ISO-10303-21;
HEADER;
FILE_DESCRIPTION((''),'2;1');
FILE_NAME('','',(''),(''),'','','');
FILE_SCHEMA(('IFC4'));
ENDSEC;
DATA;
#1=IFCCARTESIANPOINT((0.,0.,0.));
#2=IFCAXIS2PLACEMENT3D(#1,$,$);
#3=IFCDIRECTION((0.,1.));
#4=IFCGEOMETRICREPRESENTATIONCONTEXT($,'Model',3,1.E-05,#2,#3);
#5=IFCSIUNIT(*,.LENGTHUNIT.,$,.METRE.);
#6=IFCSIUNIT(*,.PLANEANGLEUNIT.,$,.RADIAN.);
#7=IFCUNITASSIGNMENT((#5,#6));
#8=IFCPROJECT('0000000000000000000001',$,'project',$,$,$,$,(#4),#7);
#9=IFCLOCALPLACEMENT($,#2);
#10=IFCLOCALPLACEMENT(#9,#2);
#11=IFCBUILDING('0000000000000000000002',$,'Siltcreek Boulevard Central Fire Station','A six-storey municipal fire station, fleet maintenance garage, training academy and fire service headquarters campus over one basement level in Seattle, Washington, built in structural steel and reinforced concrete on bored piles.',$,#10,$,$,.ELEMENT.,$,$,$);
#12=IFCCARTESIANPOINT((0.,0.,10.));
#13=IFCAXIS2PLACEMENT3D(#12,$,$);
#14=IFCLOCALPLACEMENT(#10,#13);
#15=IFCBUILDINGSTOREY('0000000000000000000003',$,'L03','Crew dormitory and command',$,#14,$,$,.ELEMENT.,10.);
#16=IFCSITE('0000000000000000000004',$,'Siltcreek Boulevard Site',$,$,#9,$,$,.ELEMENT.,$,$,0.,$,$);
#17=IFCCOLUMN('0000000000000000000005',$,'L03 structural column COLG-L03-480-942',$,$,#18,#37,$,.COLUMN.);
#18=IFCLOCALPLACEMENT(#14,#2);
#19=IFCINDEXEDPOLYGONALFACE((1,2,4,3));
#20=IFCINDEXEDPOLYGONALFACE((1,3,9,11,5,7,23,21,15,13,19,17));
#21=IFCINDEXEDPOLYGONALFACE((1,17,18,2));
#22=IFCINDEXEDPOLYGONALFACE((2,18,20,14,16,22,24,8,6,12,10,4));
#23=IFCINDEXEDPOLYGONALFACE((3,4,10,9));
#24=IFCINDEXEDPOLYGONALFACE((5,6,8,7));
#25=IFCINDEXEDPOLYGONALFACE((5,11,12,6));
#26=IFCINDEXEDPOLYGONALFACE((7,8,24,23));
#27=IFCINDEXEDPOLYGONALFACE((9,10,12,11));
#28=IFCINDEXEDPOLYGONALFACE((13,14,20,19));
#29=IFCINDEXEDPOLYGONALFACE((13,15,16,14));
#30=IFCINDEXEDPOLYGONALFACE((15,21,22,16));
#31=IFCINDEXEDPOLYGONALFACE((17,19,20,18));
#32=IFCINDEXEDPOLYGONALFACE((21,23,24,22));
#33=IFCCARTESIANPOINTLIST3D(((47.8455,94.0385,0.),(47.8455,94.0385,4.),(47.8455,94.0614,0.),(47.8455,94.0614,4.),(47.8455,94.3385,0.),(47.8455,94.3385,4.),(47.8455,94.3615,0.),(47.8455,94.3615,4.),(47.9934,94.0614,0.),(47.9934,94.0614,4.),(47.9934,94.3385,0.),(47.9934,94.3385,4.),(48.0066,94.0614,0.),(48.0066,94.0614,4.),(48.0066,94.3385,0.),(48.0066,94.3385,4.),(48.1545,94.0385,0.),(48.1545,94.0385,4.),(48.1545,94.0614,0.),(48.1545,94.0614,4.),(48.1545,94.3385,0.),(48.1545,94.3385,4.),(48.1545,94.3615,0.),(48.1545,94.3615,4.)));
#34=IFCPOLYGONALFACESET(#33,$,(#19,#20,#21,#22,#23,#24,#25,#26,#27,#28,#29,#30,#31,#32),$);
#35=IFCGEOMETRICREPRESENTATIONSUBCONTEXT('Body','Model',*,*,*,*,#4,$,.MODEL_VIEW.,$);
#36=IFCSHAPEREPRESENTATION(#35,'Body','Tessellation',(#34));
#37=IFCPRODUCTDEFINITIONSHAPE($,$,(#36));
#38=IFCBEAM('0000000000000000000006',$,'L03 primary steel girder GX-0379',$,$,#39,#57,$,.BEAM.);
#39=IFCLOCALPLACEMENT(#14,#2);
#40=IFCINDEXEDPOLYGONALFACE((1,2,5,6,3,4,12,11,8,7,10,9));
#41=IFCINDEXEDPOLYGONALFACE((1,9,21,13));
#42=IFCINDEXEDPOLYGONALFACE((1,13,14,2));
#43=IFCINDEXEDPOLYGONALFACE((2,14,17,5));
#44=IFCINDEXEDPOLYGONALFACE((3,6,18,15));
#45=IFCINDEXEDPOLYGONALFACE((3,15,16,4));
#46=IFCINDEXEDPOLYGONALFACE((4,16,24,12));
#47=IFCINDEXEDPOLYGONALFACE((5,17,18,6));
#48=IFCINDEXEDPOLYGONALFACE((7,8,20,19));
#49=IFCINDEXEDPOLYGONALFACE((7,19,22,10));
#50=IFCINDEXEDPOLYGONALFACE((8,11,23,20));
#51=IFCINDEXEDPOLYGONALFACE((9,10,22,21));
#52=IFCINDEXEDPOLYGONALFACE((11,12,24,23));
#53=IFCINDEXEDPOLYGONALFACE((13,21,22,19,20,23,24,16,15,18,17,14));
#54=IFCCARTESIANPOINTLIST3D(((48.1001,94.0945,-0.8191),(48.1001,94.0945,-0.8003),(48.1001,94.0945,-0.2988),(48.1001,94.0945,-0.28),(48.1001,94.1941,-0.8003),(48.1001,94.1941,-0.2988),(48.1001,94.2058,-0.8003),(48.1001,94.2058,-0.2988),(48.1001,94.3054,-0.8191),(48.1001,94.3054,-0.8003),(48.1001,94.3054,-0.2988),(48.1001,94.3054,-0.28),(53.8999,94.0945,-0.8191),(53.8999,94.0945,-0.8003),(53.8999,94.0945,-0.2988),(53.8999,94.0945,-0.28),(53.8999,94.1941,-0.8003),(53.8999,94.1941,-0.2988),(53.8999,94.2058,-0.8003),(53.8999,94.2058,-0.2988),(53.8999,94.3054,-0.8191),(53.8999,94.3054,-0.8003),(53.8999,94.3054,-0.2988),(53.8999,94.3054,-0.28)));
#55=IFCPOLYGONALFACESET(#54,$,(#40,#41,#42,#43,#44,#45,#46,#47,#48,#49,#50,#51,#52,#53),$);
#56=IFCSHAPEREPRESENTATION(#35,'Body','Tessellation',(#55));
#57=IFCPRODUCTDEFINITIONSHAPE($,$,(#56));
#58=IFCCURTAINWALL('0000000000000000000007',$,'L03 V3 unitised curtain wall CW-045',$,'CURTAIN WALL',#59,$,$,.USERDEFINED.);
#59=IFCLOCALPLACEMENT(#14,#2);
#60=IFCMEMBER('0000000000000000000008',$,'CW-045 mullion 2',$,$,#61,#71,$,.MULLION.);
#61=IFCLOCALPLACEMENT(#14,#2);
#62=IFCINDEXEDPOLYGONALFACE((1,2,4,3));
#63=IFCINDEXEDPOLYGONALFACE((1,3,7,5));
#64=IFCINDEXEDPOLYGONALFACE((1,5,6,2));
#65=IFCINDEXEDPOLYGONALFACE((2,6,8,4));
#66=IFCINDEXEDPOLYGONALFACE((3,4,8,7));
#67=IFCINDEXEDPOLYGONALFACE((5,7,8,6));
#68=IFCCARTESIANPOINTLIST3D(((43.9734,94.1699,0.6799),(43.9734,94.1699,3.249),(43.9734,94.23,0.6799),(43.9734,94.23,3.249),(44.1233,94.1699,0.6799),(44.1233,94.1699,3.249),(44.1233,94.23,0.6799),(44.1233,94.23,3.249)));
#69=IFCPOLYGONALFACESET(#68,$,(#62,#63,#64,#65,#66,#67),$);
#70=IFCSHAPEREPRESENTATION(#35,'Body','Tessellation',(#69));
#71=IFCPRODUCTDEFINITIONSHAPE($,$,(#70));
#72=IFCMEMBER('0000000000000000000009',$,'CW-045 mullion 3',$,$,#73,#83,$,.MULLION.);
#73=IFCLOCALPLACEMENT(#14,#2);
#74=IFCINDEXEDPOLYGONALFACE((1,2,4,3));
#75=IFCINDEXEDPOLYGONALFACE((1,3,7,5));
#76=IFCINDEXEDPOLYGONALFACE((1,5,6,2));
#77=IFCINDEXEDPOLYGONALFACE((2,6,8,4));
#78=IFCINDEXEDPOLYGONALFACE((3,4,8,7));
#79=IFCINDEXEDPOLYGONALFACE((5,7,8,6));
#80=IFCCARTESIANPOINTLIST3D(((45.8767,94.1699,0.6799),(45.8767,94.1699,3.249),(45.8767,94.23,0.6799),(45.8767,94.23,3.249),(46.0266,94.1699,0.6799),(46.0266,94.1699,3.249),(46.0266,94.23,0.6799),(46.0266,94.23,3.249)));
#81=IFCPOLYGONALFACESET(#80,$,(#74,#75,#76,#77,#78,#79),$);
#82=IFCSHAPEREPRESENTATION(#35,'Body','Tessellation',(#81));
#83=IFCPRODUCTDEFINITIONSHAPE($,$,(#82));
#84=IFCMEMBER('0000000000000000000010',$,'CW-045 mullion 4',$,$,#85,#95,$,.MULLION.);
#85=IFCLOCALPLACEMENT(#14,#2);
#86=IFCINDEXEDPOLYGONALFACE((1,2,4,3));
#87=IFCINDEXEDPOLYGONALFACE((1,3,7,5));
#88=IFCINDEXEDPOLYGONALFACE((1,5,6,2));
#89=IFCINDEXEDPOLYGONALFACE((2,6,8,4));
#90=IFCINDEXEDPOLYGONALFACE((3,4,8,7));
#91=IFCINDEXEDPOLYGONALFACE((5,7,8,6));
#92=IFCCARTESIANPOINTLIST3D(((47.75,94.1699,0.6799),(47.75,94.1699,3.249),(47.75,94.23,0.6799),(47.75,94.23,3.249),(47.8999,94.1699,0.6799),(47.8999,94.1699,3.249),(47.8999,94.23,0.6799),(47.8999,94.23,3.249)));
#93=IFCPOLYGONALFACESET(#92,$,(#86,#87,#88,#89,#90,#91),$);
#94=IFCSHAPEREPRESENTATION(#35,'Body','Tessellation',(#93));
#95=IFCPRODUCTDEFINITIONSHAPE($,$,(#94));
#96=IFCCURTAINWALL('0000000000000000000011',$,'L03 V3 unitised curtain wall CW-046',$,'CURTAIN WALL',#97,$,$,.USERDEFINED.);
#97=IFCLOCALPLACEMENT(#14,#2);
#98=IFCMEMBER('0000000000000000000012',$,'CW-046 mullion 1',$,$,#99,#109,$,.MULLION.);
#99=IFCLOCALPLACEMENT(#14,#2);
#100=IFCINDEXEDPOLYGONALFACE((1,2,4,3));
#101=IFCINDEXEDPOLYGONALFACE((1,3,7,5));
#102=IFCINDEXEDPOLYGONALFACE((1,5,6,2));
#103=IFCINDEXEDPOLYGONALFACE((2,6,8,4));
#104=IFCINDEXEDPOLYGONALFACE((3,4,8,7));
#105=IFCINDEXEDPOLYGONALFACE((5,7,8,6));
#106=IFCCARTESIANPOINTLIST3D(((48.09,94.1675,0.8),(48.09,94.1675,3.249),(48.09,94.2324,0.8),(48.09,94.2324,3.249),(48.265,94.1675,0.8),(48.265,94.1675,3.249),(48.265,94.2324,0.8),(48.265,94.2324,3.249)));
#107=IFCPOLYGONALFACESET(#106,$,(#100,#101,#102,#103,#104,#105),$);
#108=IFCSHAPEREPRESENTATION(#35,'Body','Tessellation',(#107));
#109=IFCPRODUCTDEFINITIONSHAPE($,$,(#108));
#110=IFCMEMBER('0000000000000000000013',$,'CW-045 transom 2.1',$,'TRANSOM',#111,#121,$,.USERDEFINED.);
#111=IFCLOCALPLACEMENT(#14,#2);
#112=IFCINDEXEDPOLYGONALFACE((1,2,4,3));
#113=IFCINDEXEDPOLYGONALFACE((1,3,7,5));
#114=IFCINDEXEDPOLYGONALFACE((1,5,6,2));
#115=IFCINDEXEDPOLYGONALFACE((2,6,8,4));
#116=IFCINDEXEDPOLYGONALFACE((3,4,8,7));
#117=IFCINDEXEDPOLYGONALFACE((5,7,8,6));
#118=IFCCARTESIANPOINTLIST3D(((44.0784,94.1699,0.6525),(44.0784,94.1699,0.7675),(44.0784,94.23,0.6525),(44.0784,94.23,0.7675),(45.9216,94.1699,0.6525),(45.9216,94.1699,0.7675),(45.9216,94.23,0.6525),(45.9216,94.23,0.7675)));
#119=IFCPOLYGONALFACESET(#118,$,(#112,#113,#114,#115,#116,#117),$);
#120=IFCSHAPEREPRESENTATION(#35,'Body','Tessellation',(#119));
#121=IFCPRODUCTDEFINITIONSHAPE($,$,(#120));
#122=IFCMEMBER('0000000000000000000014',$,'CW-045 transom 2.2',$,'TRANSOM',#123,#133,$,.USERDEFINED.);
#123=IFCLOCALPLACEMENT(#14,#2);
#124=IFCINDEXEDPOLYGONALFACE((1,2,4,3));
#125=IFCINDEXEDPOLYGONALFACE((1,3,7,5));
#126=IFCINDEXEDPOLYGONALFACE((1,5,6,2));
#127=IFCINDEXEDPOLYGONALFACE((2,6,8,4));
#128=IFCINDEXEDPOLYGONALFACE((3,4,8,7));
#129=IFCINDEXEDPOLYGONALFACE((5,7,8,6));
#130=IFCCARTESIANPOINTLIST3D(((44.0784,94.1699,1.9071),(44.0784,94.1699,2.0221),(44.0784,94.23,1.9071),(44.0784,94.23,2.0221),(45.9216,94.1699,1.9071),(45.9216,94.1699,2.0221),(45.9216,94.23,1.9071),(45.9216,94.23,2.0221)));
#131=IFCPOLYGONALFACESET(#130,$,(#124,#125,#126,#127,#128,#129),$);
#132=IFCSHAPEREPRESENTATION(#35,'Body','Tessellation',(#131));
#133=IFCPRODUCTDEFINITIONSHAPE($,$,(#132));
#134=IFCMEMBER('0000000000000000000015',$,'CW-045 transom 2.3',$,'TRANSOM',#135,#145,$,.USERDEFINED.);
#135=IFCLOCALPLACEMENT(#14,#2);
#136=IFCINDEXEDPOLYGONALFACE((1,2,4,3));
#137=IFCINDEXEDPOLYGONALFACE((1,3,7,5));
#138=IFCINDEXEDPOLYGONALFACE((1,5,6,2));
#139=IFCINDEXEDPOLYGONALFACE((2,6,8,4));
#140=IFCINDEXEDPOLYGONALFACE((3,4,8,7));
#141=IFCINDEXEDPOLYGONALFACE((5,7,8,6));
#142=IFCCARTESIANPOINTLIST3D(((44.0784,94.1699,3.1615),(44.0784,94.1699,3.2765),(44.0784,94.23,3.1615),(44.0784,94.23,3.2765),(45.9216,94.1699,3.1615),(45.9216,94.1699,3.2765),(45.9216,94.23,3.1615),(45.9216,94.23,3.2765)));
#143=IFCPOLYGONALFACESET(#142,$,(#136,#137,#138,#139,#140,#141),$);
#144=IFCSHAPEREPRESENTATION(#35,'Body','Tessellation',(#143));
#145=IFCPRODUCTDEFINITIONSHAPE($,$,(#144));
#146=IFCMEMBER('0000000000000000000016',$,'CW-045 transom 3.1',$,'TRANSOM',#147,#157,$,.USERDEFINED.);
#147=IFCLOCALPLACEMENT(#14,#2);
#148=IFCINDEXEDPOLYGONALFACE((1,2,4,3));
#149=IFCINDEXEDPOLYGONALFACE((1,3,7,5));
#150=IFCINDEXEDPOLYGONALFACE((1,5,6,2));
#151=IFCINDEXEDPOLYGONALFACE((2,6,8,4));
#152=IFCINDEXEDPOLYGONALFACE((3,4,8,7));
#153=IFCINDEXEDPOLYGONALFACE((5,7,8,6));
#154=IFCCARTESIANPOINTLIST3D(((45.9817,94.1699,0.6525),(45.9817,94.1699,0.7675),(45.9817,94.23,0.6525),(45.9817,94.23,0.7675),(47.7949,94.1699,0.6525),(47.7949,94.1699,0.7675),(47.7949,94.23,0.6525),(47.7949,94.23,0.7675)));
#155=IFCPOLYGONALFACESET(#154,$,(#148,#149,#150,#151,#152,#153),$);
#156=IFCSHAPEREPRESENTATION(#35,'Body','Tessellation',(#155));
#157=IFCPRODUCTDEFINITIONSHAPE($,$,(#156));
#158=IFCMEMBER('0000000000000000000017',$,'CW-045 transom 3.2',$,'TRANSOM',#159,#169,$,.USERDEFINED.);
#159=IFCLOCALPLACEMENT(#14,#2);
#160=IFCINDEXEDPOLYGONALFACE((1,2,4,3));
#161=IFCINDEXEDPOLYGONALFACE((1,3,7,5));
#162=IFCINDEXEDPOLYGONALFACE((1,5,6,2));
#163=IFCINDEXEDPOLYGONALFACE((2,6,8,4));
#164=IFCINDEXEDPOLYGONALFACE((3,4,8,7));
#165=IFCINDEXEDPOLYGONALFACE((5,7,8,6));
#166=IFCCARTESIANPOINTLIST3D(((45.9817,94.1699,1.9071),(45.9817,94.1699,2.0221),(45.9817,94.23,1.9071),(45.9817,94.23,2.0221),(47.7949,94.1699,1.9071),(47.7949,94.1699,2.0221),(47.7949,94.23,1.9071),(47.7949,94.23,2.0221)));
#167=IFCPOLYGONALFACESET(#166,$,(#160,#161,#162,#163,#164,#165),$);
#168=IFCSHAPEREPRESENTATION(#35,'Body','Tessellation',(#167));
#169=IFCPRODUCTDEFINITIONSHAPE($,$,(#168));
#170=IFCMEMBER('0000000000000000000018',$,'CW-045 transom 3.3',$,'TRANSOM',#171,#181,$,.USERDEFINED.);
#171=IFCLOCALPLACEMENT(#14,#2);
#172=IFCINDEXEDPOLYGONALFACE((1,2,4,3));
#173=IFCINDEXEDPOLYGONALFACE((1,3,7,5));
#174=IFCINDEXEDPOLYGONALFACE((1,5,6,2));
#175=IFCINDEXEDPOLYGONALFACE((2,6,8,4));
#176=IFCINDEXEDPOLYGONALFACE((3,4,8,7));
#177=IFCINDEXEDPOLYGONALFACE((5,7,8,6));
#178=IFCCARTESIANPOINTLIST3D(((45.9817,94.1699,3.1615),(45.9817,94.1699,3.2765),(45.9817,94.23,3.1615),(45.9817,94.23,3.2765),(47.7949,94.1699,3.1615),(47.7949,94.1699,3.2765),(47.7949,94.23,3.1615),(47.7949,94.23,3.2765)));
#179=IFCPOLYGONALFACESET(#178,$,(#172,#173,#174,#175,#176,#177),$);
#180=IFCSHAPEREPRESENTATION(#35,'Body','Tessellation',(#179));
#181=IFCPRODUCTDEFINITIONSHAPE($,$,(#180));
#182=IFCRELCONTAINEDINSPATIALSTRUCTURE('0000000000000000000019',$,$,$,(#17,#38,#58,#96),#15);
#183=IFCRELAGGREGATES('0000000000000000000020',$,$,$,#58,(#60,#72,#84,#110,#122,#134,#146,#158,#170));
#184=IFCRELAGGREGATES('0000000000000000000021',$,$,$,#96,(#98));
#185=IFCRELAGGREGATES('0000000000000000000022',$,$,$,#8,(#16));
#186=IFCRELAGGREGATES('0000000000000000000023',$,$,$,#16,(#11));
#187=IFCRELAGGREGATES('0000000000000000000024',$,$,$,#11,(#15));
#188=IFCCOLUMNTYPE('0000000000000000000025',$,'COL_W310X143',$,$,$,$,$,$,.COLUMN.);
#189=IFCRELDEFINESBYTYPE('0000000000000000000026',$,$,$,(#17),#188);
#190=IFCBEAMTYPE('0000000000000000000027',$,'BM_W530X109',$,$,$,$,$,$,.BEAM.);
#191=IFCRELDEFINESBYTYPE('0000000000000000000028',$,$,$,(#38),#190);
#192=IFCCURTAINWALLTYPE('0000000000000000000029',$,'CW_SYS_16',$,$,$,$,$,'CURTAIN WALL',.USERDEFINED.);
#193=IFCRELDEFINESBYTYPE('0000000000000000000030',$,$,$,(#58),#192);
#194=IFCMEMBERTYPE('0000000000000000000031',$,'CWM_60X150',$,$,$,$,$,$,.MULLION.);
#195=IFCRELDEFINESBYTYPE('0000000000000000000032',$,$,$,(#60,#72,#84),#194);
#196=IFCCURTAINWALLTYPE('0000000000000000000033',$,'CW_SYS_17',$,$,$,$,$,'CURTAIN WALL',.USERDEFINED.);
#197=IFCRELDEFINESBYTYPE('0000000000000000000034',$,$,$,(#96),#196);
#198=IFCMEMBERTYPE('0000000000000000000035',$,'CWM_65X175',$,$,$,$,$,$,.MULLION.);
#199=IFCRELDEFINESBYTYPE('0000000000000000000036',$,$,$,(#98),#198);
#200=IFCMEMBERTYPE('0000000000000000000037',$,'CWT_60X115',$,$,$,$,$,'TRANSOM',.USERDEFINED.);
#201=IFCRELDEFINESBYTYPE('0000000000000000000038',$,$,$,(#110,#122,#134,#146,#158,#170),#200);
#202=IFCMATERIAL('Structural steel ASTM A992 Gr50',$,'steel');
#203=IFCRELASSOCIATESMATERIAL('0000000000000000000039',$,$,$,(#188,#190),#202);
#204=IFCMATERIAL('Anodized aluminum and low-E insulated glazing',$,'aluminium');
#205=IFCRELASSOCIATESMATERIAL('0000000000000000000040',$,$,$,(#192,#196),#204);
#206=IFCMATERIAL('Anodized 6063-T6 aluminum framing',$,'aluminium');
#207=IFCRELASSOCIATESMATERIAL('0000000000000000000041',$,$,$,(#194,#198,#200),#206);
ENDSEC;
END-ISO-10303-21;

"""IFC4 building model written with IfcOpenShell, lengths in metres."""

from ifc_helpers import new_model, si_unit, direction, frame, origin, origin_2d, place, context, subcontext, project, spatial, rectangle, i_section, extrude, material, material_profile, profile_set, type_object, element, aggregate, save


model = new_model("IFC4")

# Units and contexts
model_context = context("Model", 3, precision=1e-05, world=origin(), true_north=direction((0.0, 1.0)))
body_context = subcontext(model_context, "Body", "Model", "MODEL_VIEW")
ifc_project = project(units=[si_unit("LENGTHUNIT", "METRE"), si_unit("PLANEANGLEUNIT", "RADIAN")], contexts=[model_context])

# Site, building, storey
site_placement = place(None, origin())
site = spatial("IfcSite", under=ifc_project, at=site_placement, Name="Siltcreek Boulevard Site", CompositionType="ELEMENT", RefElevation=0.0)
building_placement = place(site_placement, origin())
building = spatial("IfcBuilding", under=site, at=building_placement, Name="Siltcreek Boulevard Central Fire Station", Description="A six-storey municipal fire station, fleet maintenance garage, training academy and fire service headquarters campus over one basement level in Seattle, Washington, built in structural steel and reinforced concrete on bored piles.", CompositionType="ELEMENT")
storey_placement = place(building_placement, frame((0.0, 0.0, 10.0)))
storey = spatial("IfcBuildingStorey", under=building, at=storey_placement, Name="L03", Description="Crew dormitory and command", CompositionType="ELEMENT", Elevation=10.0)

# Column
ifc_material_1 = material(Name="Structural steel ASTM A992 Gr50", Category="steel")
ifc_material_profile_1 = material_profile(ifc_material_1, i_section(OverallWidth=0.3091, OverallDepth=0.323, WebThickness=0.0132, FlangeThickness=0.0229, at=origin_2d()), Name="W310X143")
ifc_profile_set_1 = profile_set([ifc_material_profile_1], Name="Structural steel ASTM A992 Gr50")
column_type = type_object("IfcColumnType", Name="COL_W310X143", PredefinedType="COLUMN", material=ifc_profile_set_1)
column_placement = place(storey_placement, frame((48.0, 94.2, 0.0), z_axis=(0.0, 0.0, 1.0), x_axis=(1.0, 0.0, 0.0)))
element("IfcColumn", 1, at=column_placement, inside=storey, type_object=column_type, Name="L03 structural column COLG-L03-480-942", PredefinedType="COLUMN", context=body_context, shape_type="SweptSolid", body=[
    extrude(i_section(OverallWidth=0.3091, OverallDepth=0.323, WebThickness=0.0132, FlangeThickness=0.0229, at=origin_2d()), origin(), (0.0, 0.0, 1.0), 4.0),
])

# Beam
ifc_material_profile_2 = material_profile(ifc_material_1, i_section(OverallWidth=0.2109, OverallDepth=0.5391, WebThickness=0.0117, FlangeThickness=0.0188, at=origin_2d()), Name="W530X109")
ifc_profile_set_2 = profile_set([ifc_material_profile_2], Name="Structural steel ASTM A992 Gr50")
beam_type = type_object("IfcBeamType", Name="BM_W530X109", PredefinedType="BEAM", material=ifc_profile_set_2)
beam_placement = place(storey_placement, frame((48.1001, 94.2, -0.5496), z_axis=(1.0, 0.0, 0.0), x_axis=(0.0, 1.0, 0.0)))
element("IfcBeam", 2, at=beam_placement, inside=storey, type_object=beam_type, Name="L03 primary steel girder GX-0379", PredefinedType="BEAM", context=body_context, shape_type="SweptSolid", body=[
    extrude(i_section(OverallWidth=0.2109, OverallDepth=0.5391, WebThickness=0.0117, FlangeThickness=0.0188, at=origin_2d()), origin(), (0.0, 0.0, 1.0), 5.7998),
])

# Curtain wall, members
ifc_material_2 = material(Name="Anodized aluminum and low-E insulated glazing", Category="aluminium")
curtain_wall_type_1 = type_object("IfcCurtainWallType", Name="CW_SYS_16", ElementType="CURTAIN WALL", PredefinedType="USERDEFINED", material=ifc_material_2)
curtain_wall_1_placement = place(storey_placement, origin())
curtain_wall_1 = element("IfcCurtainWall", 3, at=curtain_wall_1_placement, inside=storey, type_object=curtain_wall_type_1, Name="L03 V3 unitised curtain wall CW-045", ObjectType="CURTAIN WALL", PredefinedType="USERDEFINED")
ifc_material_3 = material(Name="Anodized 6063-T6 aluminum framing", Category="aluminium")
ifc_material_profile_3 = material_profile(ifc_material_3, rectangle(XDim=0.0601, YDim=0.1499, at=origin_2d()), Name="MULL60X150")
ifc_profile_set_3 = profile_set([ifc_material_profile_3], Name="Anodized 6063-T6 aluminum framing")
member_type_1 = type_object("IfcMemberType", Name="CWM_60X150", PredefinedType="MULLION", material=ifc_profile_set_3)
member_1_placement = place(storey_placement, frame((44.0483, 94.2, 0.6799), z_axis=(0.0, 0.0, 1.0), x_axis=(0.0, 1.0, 0.0)))
member_1 = element("IfcMember", 4, at=member_1_placement, type_object=member_type_1, Name="CW-045 mullion 2", PredefinedType="MULLION", context=body_context, shape_type="SweptSolid", body=[
    extrude(rectangle(XDim=0.0601, YDim=0.1499, at=origin_2d()), origin(), (0.0, 0.0, 1.0), 2.5691),
])
member_2_placement = place(storey_placement, frame((45.9517, 94.2, 0.6799), z_axis=(0.0, 0.0, 1.0), x_axis=(0.0, 1.0, 0.0)))
member_2 = element("IfcMember", 5, at=member_2_placement, type_object=member_type_1, Name="CW-045 mullion 3", PredefinedType="MULLION", context=body_context, shape_type="SweptSolid", body=[
    extrude(rectangle(XDim=0.0601, YDim=0.1499, at=origin_2d()), origin(), (0.0, 0.0, 1.0), 2.5691),
])
member_3_placement = place(storey_placement, frame((47.825, 94.2, 0.6799), z_axis=(0.0, 0.0, 1.0), x_axis=(0.0, 1.0, 0.0)))
member_3 = element("IfcMember", 6, at=member_3_placement, type_object=member_type_1, Name="CW-045 mullion 4", PredefinedType="MULLION", context=body_context, shape_type="SweptSolid", body=[
    extrude(rectangle(XDim=0.0601, YDim=0.1499, at=origin_2d()), origin(), (0.0, 0.0, 1.0), 2.5691),
])

# Curtain wall, member
curtain_wall_type_2 = type_object("IfcCurtainWallType", Name="CW_SYS_17", ElementType="CURTAIN WALL", PredefinedType="USERDEFINED", material=ifc_material_2)
curtain_wall_2_placement = place(storey_placement, origin())
curtain_wall_2 = element("IfcCurtainWall", 7, at=curtain_wall_2_placement, inside=storey, type_object=curtain_wall_type_2, Name="L03 V3 unitised curtain wall CW-046", ObjectType="CURTAIN WALL", PredefinedType="USERDEFINED")
ifc_material_profile_4 = material_profile(ifc_material_3, rectangle(XDim=0.0649, YDim=0.175, at=origin_2d()), Name="MULL65X175")
ifc_profile_set_4 = profile_set([ifc_material_profile_4], Name="Anodized 6063-T6 aluminum framing")
member_type_2 = type_object("IfcMemberType", Name="CWM_65X175", PredefinedType="MULLION", material=ifc_profile_set_4)
member_4_placement = place(storey_placement, frame((48.1775, 94.2, 0.8), z_axis=(0.0, 0.0, 1.0), x_axis=(0.0, 1.0, 0.0)))
member_4 = element("IfcMember", 8, at=member_4_placement, type_object=member_type_2, Name="CW-046 mullion 1", PredefinedType="MULLION", context=body_context, shape_type="SweptSolid", body=[
    extrude(rectangle(XDim=0.0649, YDim=0.175, at=origin_2d()), origin(), (0.0, 0.0, 1.0), 2.449),
])

# Members
ifc_material_profile_5 = material_profile(ifc_material_3, rectangle(XDim=0.0601, YDim=0.115, at=origin_2d()), Name="TRAN60X115")
ifc_profile_set_5 = profile_set([ifc_material_profile_5], Name="Anodized 6063-T6 aluminum framing")
member_type_3 = type_object("IfcMemberType", Name="CWT_60X115", ElementType="TRANSOM", PredefinedType="USERDEFINED", material=ifc_profile_set_5)
member_5_placement = place(storey_placement, frame((44.0784, 94.2, 0.71), z_axis=(1.0, 0.0, 0.0), x_axis=(0.0, 1.0, 0.0)))
member_5 = element("IfcMember", 9, at=member_5_placement, type_object=member_type_3, Name="CW-045 transom 2.1", ObjectType="TRANSOM", PredefinedType="USERDEFINED", context=body_context, shape_type="SweptSolid", body=[
    extrude(rectangle(XDim=0.0601, YDim=0.115, at=origin_2d()), origin(), (0.0, 0.0, 1.0), 1.8433),
])
member_6_placement = place(storey_placement, frame((44.0784, 94.2, 1.9646), z_axis=(1.0, 0.0, 0.0), x_axis=(0.0, 1.0, 0.0)))
member_6 = element("IfcMember", 10, at=member_6_placement, type_object=member_type_3, Name="CW-045 transom 2.2", ObjectType="TRANSOM", PredefinedType="USERDEFINED", context=body_context, shape_type="SweptSolid", body=[
    extrude(rectangle(XDim=0.0601, YDim=0.115, at=origin_2d()), origin(), (0.0, 0.0, 1.0), 1.8433),
])
member_7_placement = place(storey_placement, frame((44.0784, 94.2, 3.219), z_axis=(1.0, 0.0, 0.0), x_axis=(0.0, 1.0, 0.0)))
member_7 = element("IfcMember", 11, at=member_7_placement, type_object=member_type_3, Name="CW-045 transom 2.3", ObjectType="TRANSOM", PredefinedType="USERDEFINED", context=body_context, shape_type="SweptSolid", body=[
    extrude(rectangle(XDim=0.0601, YDim=0.115, at=origin_2d()), origin(), (0.0, 0.0, 1.0), 1.8433),
])
member_8_placement = place(storey_placement, frame((45.9817, 94.2, 0.71), z_axis=(1.0, 0.0, 0.0), x_axis=(0.0, 1.0, 0.0)))
member_8 = element("IfcMember", 12, at=member_8_placement, type_object=member_type_3, Name="CW-045 transom 3.1", ObjectType="TRANSOM", PredefinedType="USERDEFINED", context=body_context, shape_type="SweptSolid", body=[
    extrude(rectangle(XDim=0.0601, YDim=0.115, at=origin_2d()), origin(), (0.0, 0.0, 1.0), 1.8132),
])
member_9_placement = place(storey_placement, frame((45.9817, 94.2, 1.9646), z_axis=(1.0, 0.0, 0.0), x_axis=(0.0, 1.0, 0.0)))
member_9 = element("IfcMember", 13, at=member_9_placement, type_object=member_type_3, Name="CW-045 transom 3.2", ObjectType="TRANSOM", PredefinedType="USERDEFINED", context=body_context, shape_type="SweptSolid", body=[
    extrude(rectangle(XDim=0.0601, YDim=0.115, at=origin_2d()), origin(), (0.0, 0.0, 1.0), 1.8132),
])
member_10_placement = place(storey_placement, frame((45.9817, 94.2, 3.219), z_axis=(1.0, 0.0, 0.0), x_axis=(0.0, 1.0, 0.0)))
member_10 = element("IfcMember", 14, at=member_10_placement, type_object=member_type_3, Name="CW-045 transom 3.3", ObjectType="TRANSOM", PredefinedType="USERDEFINED", context=body_context, shape_type="SweptSolid", body=[
    extrude(rectangle(XDim=0.0601, YDim=0.115, at=origin_2d()), origin(), (0.0, 0.0, 1.0), 1.8132),
])

aggregate(curtain_wall_1, [member_1, member_2, member_3, member_5, member_6, member_7, member_8, member_9, member_10])
aggregate(curtain_wall_2, [member_4])

save(model, "model.ifc")
